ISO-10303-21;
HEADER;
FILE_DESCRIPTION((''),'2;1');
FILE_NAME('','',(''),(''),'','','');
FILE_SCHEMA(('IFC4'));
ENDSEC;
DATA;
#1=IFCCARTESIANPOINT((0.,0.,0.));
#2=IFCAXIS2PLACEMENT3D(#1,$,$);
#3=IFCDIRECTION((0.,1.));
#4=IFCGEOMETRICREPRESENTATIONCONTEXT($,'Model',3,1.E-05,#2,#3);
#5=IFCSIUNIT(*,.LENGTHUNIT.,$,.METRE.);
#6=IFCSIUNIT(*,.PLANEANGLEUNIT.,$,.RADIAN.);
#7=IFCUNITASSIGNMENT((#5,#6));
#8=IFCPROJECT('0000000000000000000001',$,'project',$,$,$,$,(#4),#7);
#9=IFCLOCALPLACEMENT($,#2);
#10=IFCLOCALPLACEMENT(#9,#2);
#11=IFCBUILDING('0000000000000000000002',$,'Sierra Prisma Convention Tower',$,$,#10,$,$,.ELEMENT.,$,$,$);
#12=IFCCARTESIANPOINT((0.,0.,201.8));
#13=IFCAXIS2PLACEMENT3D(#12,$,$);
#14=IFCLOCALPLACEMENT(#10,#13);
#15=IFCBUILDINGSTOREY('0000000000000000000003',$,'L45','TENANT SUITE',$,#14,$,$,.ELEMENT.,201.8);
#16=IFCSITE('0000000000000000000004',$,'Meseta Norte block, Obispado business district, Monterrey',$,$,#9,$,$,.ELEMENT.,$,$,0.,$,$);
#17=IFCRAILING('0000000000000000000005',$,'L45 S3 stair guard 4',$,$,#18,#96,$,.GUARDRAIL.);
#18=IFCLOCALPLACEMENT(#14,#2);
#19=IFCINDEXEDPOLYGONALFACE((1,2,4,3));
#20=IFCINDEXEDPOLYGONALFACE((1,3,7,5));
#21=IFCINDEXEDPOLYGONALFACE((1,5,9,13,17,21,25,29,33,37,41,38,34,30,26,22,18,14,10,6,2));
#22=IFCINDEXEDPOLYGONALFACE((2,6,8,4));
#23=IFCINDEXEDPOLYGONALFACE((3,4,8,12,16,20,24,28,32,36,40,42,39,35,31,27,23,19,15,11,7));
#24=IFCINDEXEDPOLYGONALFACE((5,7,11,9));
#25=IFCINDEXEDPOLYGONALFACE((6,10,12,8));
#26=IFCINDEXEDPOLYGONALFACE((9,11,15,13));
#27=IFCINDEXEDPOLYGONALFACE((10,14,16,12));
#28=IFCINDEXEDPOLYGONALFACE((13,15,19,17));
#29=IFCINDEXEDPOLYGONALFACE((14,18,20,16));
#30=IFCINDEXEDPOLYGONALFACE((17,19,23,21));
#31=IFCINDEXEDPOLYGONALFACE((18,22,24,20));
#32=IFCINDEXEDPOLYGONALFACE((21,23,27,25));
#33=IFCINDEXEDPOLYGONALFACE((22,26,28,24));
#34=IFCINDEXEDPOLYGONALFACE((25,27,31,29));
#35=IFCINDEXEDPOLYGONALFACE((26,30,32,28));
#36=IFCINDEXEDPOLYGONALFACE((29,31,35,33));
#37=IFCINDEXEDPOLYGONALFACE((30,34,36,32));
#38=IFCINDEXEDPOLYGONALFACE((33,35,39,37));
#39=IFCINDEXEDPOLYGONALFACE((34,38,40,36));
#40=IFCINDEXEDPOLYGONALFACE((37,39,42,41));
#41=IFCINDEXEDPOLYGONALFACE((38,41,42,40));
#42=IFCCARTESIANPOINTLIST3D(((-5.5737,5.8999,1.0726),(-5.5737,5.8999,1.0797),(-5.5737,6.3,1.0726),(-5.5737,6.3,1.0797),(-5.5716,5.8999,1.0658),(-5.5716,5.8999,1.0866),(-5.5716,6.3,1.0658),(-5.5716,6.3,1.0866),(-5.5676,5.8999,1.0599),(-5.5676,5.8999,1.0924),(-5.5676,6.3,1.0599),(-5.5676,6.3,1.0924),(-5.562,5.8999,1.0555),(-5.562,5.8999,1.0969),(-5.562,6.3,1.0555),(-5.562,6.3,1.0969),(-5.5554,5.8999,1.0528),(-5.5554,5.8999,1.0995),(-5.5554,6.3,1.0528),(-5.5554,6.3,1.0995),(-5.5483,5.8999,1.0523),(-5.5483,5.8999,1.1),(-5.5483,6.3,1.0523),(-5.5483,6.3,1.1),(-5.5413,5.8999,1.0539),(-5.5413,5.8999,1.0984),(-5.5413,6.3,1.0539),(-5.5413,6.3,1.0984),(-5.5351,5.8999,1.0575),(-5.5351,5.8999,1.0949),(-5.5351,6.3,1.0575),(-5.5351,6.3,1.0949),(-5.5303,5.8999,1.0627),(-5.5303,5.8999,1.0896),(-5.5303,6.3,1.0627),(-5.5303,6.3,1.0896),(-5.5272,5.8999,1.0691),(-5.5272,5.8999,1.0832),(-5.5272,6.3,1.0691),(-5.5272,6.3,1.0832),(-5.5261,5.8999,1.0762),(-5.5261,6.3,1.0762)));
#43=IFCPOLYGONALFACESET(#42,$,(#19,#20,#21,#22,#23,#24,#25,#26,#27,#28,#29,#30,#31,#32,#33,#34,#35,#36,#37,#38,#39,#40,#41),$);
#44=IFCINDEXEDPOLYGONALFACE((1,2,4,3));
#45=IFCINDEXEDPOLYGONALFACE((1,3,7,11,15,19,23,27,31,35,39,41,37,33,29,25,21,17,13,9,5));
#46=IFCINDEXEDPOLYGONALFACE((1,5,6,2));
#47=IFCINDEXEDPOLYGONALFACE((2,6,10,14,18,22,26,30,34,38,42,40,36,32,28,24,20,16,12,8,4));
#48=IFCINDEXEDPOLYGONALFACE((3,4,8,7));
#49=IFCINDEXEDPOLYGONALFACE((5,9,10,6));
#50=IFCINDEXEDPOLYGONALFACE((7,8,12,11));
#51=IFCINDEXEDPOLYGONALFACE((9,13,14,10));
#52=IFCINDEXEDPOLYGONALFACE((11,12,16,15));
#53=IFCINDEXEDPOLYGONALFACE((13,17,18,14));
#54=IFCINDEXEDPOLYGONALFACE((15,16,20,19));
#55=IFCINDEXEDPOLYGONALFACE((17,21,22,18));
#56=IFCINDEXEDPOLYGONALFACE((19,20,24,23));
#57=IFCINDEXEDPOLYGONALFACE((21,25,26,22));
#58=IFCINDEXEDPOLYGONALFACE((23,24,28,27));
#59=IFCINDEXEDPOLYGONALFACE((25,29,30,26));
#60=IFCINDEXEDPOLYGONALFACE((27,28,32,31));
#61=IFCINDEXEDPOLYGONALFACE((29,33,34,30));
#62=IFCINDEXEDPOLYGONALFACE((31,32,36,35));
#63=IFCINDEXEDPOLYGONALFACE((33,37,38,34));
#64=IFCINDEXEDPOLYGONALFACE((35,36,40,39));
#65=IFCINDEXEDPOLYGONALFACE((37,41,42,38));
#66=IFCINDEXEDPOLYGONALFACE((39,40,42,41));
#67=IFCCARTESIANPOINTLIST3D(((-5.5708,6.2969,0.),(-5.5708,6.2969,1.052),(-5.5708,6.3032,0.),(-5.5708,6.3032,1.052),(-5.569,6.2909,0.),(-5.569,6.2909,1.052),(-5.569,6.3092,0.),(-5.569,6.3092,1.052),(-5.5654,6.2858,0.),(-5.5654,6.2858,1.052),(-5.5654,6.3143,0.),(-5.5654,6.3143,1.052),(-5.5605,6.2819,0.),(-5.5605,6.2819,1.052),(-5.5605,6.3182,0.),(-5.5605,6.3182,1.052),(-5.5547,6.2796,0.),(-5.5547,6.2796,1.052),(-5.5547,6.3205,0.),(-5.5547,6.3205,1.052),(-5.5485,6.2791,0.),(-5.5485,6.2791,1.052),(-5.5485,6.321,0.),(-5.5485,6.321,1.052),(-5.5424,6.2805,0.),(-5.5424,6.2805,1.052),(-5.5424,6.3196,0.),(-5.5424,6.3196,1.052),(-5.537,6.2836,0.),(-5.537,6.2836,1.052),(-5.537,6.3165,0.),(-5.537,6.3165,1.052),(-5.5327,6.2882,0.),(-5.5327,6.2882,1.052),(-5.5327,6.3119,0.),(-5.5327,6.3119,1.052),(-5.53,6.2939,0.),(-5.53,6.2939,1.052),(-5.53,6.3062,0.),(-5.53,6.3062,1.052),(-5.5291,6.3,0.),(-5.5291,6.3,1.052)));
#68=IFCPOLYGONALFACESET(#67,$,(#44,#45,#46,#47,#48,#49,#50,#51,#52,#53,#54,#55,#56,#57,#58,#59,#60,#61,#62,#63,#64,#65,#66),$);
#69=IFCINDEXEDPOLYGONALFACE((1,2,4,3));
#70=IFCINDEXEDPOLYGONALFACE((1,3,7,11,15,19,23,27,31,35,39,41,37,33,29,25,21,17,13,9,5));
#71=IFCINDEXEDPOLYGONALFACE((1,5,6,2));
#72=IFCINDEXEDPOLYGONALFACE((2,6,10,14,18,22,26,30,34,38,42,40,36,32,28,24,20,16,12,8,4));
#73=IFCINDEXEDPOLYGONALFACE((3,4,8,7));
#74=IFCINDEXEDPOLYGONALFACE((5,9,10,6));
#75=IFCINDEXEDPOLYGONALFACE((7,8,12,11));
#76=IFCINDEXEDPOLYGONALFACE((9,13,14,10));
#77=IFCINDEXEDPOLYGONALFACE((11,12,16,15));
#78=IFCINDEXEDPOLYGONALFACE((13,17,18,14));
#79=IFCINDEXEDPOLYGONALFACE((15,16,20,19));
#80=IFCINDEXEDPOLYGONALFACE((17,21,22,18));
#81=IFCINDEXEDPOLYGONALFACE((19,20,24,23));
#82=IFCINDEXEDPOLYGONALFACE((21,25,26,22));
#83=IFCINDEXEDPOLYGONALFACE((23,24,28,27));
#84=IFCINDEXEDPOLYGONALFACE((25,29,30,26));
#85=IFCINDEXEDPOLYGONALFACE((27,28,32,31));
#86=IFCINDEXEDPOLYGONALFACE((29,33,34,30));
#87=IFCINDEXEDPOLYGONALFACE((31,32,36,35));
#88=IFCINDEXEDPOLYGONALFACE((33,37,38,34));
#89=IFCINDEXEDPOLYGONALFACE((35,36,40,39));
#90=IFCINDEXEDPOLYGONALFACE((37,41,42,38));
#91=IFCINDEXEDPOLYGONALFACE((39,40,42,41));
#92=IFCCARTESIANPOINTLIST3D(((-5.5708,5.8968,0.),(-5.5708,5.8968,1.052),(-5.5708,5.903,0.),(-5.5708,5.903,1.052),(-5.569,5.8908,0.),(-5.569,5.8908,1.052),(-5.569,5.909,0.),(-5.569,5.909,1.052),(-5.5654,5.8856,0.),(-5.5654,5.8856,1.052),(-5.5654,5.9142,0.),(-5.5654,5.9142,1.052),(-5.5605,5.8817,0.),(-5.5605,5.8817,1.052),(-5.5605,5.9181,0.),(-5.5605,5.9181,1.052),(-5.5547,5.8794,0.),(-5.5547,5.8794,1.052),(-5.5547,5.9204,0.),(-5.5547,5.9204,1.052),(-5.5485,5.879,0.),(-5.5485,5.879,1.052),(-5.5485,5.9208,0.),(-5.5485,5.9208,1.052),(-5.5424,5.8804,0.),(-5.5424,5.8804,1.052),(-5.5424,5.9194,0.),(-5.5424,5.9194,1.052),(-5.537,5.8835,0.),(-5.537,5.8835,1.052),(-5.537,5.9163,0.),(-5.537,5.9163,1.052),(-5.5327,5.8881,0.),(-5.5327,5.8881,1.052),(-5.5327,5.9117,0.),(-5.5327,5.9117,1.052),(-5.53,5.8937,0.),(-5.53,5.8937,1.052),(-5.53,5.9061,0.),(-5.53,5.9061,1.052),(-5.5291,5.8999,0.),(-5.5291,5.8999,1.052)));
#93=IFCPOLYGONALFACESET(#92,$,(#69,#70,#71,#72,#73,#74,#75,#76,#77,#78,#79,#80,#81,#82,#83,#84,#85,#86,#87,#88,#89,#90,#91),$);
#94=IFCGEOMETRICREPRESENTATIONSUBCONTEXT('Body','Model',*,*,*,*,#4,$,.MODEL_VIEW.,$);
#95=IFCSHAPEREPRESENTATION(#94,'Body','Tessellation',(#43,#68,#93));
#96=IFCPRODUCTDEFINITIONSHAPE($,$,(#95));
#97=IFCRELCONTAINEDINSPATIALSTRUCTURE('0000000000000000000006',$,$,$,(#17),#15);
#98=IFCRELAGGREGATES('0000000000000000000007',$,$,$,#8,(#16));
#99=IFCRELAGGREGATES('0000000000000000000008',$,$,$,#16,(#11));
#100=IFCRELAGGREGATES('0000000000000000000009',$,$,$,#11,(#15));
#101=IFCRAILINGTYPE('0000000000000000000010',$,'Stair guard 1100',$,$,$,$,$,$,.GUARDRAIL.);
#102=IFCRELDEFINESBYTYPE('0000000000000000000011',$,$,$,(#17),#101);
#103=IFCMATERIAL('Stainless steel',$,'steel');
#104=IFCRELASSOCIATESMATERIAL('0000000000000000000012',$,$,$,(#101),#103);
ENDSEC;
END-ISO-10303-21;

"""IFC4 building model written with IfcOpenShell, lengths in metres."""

from ifc_helpers import new_model, si_unit, direction, frame, origin, origin_2d, place, context, subcontext, project, spatial, circle, extrude, material, type_object, element, save


model = new_model("IFC4")

# Units and contexts
model_context = context("Model", 3, precision=1e-05, world=origin(), true_north=direction((0.0, 1.0)))
body_context = subcontext(model_context, "Body", "Model", "MODEL_VIEW")
ifc_project = project(units=[si_unit("LENGTHUNIT", "METRE"), si_unit("PLANEANGLEUNIT", "RADIAN")], contexts=[model_context])

# Site, building, storey
site_placement = place(None, origin())
site = spatial("IfcSite", under=ifc_project, at=site_placement, Name="Meseta Norte block, Obispado business district, Monterrey", CompositionType="ELEMENT", RefElevation=0.0)
building_placement = place(site_placement, origin())
building = spatial("IfcBuilding", under=site, at=building_placement, Name="Sierra Prisma Convention Tower", CompositionType="ELEMENT")
storey_placement = place(building_placement, frame((0.0, 0.0, 201.8)))
storey = spatial("IfcBuildingStorey", under=building, at=storey_placement, Name="L45", Description="TENANT SUITE", CompositionType="ELEMENT", Elevation=201.8)

# Railing
ifc_material_1 = material(Name="Stainless steel", Category="steel")
railing_type_1 = type_object("IfcRailingType", Name="Stair guard 1100", PredefinedType="GUARDRAIL", material=ifc_material_1)
railing_1_placement = place(storey_placement, frame((-5.55, 6.3, 0.0)))
element("IfcRailing", 1, at=railing_1_placement, inside=storey, type_object=railing_type_1, Name="L45 S3 stair guard 4", PredefinedType="GUARDRAIL", context=body_context, shape_type="SweptSolid", body=[
    extrude(circle(Radius=0.0239, at=origin_2d()), frame((0.0, 0.0, 1.0762), z_axis=(0.0, -1.0, 0.0), x_axis=(1.0, 0.0, 0.0)), (0.0, 0.0, 1.0), 0.4001),
    extrude(circle(Radius=0.021, at=origin_2d()), origin(), (0.0, 0.0, 1.0), 1.052),
    extrude(circle(Radius=0.021, at=origin_2d()), frame((0.0, -0.4001, 0.0)), (0.0, 0.0, 1.0), 1.052),
])

save(model, "model.ifc")
